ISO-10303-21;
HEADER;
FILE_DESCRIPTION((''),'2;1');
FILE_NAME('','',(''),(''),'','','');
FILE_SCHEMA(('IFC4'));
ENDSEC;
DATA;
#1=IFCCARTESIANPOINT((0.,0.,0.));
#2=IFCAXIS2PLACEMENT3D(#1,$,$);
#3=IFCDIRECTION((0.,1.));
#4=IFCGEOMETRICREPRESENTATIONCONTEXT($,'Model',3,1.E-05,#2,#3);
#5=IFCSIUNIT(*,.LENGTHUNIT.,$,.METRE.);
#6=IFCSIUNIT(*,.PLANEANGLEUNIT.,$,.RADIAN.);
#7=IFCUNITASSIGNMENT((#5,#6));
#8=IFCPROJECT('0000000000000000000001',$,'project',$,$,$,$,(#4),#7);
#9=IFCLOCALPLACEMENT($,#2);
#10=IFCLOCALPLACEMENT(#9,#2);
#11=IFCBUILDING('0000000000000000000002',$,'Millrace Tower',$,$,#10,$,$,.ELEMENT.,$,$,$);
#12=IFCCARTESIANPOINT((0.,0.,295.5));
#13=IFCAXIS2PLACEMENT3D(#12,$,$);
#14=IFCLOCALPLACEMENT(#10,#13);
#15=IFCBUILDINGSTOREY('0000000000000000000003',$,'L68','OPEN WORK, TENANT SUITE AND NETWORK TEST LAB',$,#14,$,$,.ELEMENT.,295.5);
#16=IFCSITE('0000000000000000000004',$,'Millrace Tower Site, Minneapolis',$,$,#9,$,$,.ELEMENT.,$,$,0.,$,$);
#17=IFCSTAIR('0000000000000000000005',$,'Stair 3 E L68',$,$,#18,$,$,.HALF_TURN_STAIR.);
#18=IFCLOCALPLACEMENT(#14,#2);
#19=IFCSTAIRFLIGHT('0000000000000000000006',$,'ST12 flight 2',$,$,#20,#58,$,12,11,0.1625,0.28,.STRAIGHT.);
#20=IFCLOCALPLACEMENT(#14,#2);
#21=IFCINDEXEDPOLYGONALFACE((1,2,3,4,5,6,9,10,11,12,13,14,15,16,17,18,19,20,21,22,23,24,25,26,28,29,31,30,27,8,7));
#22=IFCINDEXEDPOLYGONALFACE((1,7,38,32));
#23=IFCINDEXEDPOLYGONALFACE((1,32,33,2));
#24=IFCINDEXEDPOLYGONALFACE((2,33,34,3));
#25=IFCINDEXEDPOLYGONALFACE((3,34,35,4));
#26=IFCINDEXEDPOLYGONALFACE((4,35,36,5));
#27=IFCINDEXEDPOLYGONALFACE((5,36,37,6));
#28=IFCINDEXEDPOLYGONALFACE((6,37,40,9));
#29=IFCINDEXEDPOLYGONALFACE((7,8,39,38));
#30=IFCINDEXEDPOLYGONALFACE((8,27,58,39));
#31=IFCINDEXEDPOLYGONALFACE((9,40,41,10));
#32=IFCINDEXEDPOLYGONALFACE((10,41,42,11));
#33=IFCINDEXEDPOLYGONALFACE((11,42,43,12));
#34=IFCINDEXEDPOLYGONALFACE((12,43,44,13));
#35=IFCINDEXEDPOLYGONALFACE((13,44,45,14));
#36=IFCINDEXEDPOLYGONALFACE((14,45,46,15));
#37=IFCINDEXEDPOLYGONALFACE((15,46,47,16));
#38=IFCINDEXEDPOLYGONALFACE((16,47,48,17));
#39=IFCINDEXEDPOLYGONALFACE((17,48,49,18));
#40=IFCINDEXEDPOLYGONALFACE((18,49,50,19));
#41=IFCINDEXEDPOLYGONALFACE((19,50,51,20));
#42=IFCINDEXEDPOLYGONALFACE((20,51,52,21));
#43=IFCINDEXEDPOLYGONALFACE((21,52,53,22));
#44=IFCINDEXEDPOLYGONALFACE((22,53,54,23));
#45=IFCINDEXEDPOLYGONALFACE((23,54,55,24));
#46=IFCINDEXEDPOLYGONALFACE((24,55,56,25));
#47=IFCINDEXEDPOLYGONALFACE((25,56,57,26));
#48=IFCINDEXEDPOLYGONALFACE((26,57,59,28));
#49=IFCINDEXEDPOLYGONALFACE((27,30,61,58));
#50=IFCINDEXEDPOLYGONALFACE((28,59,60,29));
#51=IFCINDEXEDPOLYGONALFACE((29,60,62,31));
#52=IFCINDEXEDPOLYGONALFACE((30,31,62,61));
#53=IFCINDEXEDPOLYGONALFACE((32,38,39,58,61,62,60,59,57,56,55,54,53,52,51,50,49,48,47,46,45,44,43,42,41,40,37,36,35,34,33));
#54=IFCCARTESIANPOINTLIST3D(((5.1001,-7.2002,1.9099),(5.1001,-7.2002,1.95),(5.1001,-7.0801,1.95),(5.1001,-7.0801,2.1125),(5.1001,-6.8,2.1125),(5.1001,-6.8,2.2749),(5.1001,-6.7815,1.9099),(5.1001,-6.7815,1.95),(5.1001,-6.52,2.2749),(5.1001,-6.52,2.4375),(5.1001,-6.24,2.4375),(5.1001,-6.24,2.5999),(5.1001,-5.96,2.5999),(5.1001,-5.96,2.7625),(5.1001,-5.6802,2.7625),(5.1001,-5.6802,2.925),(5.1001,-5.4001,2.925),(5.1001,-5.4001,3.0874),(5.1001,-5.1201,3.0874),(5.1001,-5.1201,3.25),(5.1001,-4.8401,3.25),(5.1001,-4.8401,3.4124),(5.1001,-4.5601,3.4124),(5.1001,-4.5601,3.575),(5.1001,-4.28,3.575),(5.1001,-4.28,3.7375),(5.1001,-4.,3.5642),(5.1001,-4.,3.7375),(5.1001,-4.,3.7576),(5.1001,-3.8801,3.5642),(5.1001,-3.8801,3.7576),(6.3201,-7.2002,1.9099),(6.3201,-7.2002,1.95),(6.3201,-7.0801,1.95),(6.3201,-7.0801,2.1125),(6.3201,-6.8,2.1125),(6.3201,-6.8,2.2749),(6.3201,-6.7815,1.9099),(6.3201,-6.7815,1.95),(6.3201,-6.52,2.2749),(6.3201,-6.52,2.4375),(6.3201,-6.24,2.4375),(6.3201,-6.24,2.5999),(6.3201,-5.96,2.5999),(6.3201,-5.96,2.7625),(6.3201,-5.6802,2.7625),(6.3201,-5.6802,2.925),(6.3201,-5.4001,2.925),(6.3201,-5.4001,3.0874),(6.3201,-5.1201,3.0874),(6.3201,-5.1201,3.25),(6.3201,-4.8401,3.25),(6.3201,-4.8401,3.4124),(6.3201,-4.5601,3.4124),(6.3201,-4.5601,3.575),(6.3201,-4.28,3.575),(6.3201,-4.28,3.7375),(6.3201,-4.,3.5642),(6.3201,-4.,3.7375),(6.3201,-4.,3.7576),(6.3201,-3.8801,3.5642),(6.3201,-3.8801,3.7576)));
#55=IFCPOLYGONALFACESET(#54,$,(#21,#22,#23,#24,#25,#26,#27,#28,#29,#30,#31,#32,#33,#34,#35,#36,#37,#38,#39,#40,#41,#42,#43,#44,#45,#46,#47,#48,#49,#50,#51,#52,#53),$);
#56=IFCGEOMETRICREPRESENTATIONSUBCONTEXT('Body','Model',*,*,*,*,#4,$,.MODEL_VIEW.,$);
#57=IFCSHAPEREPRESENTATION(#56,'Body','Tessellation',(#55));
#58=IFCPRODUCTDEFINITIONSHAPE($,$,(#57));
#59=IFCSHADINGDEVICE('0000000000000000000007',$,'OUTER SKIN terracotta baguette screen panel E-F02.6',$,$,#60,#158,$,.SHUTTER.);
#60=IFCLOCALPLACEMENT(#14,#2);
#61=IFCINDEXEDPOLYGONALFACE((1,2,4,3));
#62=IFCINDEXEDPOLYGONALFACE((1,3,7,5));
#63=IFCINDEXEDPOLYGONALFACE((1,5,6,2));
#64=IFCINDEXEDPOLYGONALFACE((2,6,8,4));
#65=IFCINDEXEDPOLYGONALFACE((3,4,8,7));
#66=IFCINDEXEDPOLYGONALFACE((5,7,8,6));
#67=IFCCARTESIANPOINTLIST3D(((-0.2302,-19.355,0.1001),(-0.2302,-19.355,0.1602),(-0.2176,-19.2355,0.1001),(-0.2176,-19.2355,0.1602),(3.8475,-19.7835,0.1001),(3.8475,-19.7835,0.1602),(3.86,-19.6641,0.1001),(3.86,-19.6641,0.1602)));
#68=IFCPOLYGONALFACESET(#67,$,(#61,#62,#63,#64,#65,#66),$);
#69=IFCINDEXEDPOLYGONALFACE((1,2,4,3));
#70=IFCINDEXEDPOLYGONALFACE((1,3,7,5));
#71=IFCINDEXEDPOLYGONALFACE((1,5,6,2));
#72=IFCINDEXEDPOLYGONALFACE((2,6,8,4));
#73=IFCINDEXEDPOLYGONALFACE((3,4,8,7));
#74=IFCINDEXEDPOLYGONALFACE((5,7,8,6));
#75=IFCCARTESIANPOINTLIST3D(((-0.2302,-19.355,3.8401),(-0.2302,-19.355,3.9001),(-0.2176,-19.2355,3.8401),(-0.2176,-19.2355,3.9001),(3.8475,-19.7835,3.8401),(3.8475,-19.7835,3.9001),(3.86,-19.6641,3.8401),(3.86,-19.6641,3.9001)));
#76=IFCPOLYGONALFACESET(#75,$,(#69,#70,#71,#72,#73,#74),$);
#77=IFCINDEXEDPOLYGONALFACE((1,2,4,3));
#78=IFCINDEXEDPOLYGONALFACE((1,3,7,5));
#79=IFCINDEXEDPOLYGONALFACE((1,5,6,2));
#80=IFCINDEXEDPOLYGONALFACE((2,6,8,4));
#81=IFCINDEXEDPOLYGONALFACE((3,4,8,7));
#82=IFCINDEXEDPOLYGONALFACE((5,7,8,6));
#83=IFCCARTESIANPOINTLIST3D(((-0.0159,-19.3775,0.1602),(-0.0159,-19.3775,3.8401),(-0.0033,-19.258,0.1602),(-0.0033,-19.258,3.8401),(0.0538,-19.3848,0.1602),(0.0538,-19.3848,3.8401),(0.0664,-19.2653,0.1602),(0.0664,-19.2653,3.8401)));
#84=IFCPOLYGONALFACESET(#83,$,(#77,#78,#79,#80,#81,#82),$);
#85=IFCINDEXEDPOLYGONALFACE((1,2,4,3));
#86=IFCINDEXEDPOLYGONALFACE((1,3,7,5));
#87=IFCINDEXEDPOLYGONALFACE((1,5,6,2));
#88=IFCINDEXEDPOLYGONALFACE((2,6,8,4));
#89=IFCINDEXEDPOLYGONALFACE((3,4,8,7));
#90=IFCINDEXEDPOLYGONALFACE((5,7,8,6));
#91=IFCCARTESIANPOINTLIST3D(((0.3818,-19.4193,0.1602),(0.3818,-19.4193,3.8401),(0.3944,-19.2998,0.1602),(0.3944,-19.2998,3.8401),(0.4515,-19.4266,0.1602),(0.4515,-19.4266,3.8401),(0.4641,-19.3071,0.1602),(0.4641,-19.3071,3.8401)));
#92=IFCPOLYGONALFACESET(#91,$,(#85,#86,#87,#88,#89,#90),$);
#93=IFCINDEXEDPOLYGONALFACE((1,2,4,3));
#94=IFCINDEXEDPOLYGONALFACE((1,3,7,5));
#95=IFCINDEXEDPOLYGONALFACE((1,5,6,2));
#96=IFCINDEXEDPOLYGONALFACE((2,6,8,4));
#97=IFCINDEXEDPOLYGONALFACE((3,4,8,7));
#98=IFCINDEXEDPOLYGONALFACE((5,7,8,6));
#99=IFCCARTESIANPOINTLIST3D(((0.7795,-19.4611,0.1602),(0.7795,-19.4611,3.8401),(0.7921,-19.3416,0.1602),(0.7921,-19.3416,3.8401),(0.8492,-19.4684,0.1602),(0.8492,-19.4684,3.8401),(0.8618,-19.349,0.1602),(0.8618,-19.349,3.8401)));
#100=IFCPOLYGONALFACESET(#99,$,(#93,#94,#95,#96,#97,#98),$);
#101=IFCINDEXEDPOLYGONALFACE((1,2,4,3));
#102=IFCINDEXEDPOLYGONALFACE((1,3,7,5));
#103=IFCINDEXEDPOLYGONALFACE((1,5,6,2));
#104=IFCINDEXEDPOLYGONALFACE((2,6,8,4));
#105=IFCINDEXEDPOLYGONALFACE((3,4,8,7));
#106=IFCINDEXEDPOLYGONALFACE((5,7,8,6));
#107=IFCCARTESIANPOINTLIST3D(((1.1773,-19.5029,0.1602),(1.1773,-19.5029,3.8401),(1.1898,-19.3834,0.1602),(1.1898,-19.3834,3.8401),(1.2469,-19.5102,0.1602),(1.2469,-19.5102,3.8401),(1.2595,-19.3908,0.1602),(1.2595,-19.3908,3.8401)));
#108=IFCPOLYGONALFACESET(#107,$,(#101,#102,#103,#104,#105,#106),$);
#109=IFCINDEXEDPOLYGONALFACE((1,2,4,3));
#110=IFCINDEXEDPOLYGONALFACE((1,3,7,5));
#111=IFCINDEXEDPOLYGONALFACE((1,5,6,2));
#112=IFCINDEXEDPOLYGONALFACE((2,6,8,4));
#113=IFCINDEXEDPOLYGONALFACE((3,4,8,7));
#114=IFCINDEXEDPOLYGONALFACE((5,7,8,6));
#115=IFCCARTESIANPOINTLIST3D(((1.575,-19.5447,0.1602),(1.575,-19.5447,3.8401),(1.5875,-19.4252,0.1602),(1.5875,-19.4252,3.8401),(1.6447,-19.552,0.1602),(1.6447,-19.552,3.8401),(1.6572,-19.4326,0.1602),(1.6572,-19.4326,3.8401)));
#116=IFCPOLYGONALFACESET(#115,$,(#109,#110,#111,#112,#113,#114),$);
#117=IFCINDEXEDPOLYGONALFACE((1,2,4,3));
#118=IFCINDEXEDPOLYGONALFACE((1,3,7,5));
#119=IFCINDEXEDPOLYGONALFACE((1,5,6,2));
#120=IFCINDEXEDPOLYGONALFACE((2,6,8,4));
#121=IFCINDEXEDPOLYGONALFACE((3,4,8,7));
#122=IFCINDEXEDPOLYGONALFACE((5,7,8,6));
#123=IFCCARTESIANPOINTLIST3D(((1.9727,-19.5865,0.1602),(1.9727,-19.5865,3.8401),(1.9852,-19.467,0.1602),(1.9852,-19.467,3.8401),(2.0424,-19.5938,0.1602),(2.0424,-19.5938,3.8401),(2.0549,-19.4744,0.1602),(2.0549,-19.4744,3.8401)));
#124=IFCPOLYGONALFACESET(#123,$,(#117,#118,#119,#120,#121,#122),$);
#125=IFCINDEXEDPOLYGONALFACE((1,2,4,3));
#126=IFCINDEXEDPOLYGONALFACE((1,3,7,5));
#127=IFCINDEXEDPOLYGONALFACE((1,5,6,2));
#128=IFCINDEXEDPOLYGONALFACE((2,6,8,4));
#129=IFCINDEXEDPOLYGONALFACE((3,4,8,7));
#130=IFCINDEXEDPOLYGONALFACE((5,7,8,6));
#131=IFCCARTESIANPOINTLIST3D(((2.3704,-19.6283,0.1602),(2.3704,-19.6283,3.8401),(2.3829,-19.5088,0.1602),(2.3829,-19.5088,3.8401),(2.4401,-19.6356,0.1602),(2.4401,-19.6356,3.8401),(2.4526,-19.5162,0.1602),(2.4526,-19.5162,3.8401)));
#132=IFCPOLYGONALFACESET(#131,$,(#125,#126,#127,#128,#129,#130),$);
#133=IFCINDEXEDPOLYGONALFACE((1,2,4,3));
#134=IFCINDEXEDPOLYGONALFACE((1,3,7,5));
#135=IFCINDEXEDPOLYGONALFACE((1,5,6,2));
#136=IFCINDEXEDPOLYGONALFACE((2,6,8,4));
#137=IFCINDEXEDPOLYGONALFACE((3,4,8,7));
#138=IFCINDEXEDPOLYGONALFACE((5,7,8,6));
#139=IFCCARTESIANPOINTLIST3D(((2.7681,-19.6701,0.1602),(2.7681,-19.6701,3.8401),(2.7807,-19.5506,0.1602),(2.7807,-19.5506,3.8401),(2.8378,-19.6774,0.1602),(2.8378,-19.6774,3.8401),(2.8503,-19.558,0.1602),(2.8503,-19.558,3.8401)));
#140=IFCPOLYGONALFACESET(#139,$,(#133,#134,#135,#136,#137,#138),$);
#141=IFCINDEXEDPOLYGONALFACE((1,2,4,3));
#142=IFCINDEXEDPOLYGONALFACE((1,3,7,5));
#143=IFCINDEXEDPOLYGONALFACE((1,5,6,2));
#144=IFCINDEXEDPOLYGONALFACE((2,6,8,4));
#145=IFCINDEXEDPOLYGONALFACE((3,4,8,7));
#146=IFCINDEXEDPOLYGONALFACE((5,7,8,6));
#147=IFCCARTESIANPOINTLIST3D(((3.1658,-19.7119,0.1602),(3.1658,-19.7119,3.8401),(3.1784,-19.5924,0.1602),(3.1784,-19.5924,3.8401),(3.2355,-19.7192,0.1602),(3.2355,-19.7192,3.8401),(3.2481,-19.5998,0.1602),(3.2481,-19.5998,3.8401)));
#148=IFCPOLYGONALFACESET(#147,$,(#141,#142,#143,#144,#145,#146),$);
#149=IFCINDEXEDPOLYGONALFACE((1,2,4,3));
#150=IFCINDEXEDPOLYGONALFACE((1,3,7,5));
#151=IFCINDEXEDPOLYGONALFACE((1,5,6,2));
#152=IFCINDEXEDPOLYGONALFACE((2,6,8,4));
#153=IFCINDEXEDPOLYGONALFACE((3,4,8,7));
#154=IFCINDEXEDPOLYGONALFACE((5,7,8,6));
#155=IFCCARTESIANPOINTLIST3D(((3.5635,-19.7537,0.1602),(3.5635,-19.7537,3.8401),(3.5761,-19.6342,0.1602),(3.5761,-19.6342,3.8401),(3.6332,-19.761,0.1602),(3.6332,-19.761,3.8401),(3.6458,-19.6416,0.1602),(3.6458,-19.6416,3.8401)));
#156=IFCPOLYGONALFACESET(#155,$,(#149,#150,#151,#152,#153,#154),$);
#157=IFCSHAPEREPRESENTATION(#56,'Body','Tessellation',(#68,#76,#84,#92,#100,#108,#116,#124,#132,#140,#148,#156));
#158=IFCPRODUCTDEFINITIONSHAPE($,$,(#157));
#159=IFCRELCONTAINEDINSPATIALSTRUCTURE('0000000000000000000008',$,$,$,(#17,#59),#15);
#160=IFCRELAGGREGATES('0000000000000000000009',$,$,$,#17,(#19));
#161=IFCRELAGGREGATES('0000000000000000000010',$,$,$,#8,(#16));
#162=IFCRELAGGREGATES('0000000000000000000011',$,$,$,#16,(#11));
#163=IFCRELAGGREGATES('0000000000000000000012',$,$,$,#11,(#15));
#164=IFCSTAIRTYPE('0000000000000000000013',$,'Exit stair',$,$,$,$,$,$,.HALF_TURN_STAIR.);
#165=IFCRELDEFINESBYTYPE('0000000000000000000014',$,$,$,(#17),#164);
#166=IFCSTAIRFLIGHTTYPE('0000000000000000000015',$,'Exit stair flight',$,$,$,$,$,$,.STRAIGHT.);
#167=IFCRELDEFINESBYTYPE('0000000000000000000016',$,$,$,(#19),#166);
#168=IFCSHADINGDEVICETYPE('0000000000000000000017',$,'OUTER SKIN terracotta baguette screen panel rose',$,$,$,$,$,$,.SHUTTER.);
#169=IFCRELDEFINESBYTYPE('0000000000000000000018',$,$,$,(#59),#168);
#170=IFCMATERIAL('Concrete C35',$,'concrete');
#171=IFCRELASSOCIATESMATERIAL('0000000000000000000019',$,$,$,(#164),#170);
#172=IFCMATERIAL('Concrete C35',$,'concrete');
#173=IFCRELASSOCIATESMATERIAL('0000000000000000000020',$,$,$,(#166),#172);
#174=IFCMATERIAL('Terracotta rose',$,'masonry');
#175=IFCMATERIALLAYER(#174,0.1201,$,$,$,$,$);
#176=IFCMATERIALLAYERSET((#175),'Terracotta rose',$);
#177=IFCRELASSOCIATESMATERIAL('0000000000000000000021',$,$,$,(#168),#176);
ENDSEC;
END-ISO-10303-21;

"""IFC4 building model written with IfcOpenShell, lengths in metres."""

from ifc_helpers import new_model, entity, si_unit, direction, frame, frame_2d, origin, place, context, subcontext, project, spatial, polyline, rectangle, outline, extrude, source, transform, mapped, material, layer, layer_set, type_object, element, aggregate, save


model = new_model("IFC4")

# Units and contexts
model_context = context("Model", 3, precision=1e-05, world=origin(), true_north=direction((0.0, 1.0)))
body_context = subcontext(model_context, "Body", "Model", "MODEL_VIEW")
ifc_project = project(units=[si_unit("LENGTHUNIT", "METRE"), si_unit("PLANEANGLEUNIT", "RADIAN")], contexts=[model_context])

# Site, building, storey
site_placement = place(None, origin())
site = spatial("IfcSite", under=ifc_project, at=site_placement, Name="Millrace Tower Site, Minneapolis", CompositionType="ELEMENT", RefElevation=0.0)
building_placement = place(site_placement, origin())
building = spatial("IfcBuilding", under=site, at=building_placement, Name="Millrace Tower", CompositionType="ELEMENT")
storey_placement = place(building_placement, frame((0.0, 0.0, 295.5)))
storey = spatial("IfcBuildingStorey", under=building, at=storey_placement, Name="L68", Description="OPEN WORK, TENANT SUITE AND NETWORK TEST LAB", CompositionType="ELEMENT", Elevation=295.5)

# Shared definitions
placement = place(storey_placement, origin())

# Stair, stair flight
ifc_material_1 = material(Name="Concrete C35", Category="concrete")
stair_type = type_object("IfcStairType", Name="Exit stair", PredefinedType="HALF_TURN_STAIR", material=ifc_material_1)
ifc_material_2 = material(Name="Concrete C35", Category="concrete")
stair_flight_type = type_object("IfcStairFlightType", Name="Exit stair flight", PredefinedType="STRAIGHT", material=ifc_material_2)
stair_1 = element("IfcStair", 1, at=placement, inside=storey, type_object=stair_type, Name="Stair 3 E L68", PredefinedType="HALF_TURN_STAIR")
stair_flight_1_placement = place(storey_placement, frame((5.71, -7.0801, 1.95), z_axis=(0.0, 0.0, 1.0), x_axis=(0.0, 1.0, 0.0)))
stair_flight_1 = element("IfcStairFlight", 2, at=stair_flight_1_placement, type_object=stair_flight_type, Name="ST12 flight 2", NumberOfRisers=12, NumberOfTreads=11, PredefinedType="STRAIGHT", RiserHeight=0.1625, TreadLength=0.28, context=body_context, shape_type="SweptSolid", body=[
    extrude(outline(polyline([(-0.1201, -0.04), (-0.1201, 0.0), (0.0, 0.0), (0.0, 0.1626), (0.28, 0.1626), (0.28, 0.325), (0.5601, 0.325), (0.5601, 0.4875), (0.8401, 0.4875), (0.8401, 0.6499), (1.1201, 0.6499), (1.1201, 0.8125), (1.3999, 0.8125), (1.3999, 0.9751), (1.6799, 0.9751), (1.6799, 1.1375), (1.96, 1.1375), (1.96, 1.3), (2.24, 1.3), (2.24, 1.4624), (2.52, 1.4624), (2.52, 1.625), (2.8, 1.625), (2.8, 1.7876), (3.0801, 1.7876), (3.0801, 1.8076), (3.2, 1.8076), (3.2, 1.6143), (3.0801, 1.6143), (0.2986, 0.0), (0.2986, -0.04), (-0.1201, -0.04)])), frame((0.0, 0.6099, 0.0), z_axis=(0.0, -1.0, 0.0), x_axis=(1.0, 0.0, 0.0)), (0.0, 0.0, 1.0), 1.22),
])
aggregate(stair_1, [stair_flight_1])

# Shading device
ifc_material_3 = material(Name="Terracotta rose", Category="masonry")
ifc_layer_1 = layer(ifc_material_3, 0.1201)
ifc_layer_set_1 = layer_set([ifc_layer_1], Name="Terracotta rose")
shading_device_type = type_object("IfcShadingDeviceType", Name="OUTER SKIN terracotta baguette screen panel rose", PredefinedType="SHUTTER", material=ifc_layer_set_1)
cartesian_point = entity("IfcCartesianPoint", [-2.05, 0.0601])
shared_polyline = entity("IfcPolyline", [cartesian_point, entity("IfcCartesianPoint", [2.05, 0.0601]), entity("IfcCartesianPoint", [2.05, -0.0601]), entity("IfcCartesianPoint", [-2.05, -0.0601]), cartesian_point])
shared_shape = source(origin(), body_context, "Body", "SweptSolid", [
    entity("IfcExtrudedAreaSolid", entity("IfcArbitraryClosedProfileDef", "AREA", None, shared_polyline), entity("IfcAxis2Placement3D", entity("IfcCartesianPoint", [0.0, 0.0, 0.0])), entity("IfcDirection", [0.0, 0.0, 1.0]), 0.0601),
    entity("IfcExtrudedAreaSolid", entity("IfcArbitraryClosedProfileDef", "AREA", None, shared_polyline), entity("IfcAxis2Placement3D", entity("IfcCartesianPoint", [0.0, 0.0, 3.74])), entity("IfcDirection", [0.0, 0.0, 1.0]), 0.0601),
    extrude(rectangle(XDim=0.0701, YDim=0.1201, at=frame_2d((-1.7996, 0.0))), frame((0.0, 0.0, 0.0601)), (0.0, 0.0, 1.0), 3.6799),
    extrude(rectangle(XDim=0.0701, YDim=0.1201, at=frame_2d((-1.3997, 0.0))), frame((0.0, 0.0, 0.0601)), (0.0, 0.0, 1.0), 3.6799),
    extrude(rectangle(XDim=0.0701, YDim=0.1201, at=frame_2d((-0.9998, 0.0))), frame((0.0, 0.0, 0.0601)), (0.0, 0.0, 1.0), 3.6799),
    extrude(rectangle(XDim=0.0701, YDim=0.1201, at=frame_2d((-0.5999, 0.0))), frame((0.0, 0.0, 0.0601)), (0.0, 0.0, 1.0), 3.6799),
    extrude(rectangle(XDim=0.0701, YDim=0.1201, at=frame_2d((-0.2, 0.0))), frame((0.0, 0.0, 0.0601)), (0.0, 0.0, 1.0), 3.6799),
    extrude(rectangle(XDim=0.0701, YDim=0.1201, at=frame_2d((0.2, 0.0))), frame((0.0, 0.0, 0.0601)), (0.0, 0.0, 1.0), 3.6799),
    extrude(rectangle(XDim=0.0701, YDim=0.1201, at=frame_2d((0.5999, 0.0))), frame((0.0, 0.0, 0.0601)), (0.0, 0.0, 1.0), 3.6799),
    extrude(rectangle(XDim=0.0701, YDim=0.1201, at=frame_2d((0.9998, 0.0))), frame((0.0, 0.0, 0.0601)), (0.0, 0.0, 1.0), 3.6799),
    extrude(rectangle(XDim=0.0701, YDim=0.1201, at=frame_2d((1.3997, 0.0))), frame((0.0, 0.0, 0.0601)), (0.0, 0.0, 1.0), 3.6799),
    extrude(rectangle(XDim=0.0701, YDim=0.1201, at=frame_2d((1.7996, 0.0))), frame((0.0, 0.0, 0.0601)), (0.0, 0.0, 1.0), 3.6799),
])
for number, where, z_axis, x_axis, name in (
    (3, (1.8149, -19.5095, 0.1001), (0.0, 0.0, 1.0), (0.994522, -0.104528, 0.0), "OUTER SKIN terracotta baguette screen panel E-F02.6"),
):
    element("IfcShadingDevice", number, at=place(storey_placement, frame(where, z_axis=z_axis, x_axis=x_axis)), inside=storey, type_object=shading_device_type, Name=name, PredefinedType="SHUTTER", context=body_context, shape_type="MappedRepresentation", body=[
        mapped(shared_shape, transform((0.0, 0.0, 0.0), scale=1.0)),
    ])

save(model, "model.ifc")
